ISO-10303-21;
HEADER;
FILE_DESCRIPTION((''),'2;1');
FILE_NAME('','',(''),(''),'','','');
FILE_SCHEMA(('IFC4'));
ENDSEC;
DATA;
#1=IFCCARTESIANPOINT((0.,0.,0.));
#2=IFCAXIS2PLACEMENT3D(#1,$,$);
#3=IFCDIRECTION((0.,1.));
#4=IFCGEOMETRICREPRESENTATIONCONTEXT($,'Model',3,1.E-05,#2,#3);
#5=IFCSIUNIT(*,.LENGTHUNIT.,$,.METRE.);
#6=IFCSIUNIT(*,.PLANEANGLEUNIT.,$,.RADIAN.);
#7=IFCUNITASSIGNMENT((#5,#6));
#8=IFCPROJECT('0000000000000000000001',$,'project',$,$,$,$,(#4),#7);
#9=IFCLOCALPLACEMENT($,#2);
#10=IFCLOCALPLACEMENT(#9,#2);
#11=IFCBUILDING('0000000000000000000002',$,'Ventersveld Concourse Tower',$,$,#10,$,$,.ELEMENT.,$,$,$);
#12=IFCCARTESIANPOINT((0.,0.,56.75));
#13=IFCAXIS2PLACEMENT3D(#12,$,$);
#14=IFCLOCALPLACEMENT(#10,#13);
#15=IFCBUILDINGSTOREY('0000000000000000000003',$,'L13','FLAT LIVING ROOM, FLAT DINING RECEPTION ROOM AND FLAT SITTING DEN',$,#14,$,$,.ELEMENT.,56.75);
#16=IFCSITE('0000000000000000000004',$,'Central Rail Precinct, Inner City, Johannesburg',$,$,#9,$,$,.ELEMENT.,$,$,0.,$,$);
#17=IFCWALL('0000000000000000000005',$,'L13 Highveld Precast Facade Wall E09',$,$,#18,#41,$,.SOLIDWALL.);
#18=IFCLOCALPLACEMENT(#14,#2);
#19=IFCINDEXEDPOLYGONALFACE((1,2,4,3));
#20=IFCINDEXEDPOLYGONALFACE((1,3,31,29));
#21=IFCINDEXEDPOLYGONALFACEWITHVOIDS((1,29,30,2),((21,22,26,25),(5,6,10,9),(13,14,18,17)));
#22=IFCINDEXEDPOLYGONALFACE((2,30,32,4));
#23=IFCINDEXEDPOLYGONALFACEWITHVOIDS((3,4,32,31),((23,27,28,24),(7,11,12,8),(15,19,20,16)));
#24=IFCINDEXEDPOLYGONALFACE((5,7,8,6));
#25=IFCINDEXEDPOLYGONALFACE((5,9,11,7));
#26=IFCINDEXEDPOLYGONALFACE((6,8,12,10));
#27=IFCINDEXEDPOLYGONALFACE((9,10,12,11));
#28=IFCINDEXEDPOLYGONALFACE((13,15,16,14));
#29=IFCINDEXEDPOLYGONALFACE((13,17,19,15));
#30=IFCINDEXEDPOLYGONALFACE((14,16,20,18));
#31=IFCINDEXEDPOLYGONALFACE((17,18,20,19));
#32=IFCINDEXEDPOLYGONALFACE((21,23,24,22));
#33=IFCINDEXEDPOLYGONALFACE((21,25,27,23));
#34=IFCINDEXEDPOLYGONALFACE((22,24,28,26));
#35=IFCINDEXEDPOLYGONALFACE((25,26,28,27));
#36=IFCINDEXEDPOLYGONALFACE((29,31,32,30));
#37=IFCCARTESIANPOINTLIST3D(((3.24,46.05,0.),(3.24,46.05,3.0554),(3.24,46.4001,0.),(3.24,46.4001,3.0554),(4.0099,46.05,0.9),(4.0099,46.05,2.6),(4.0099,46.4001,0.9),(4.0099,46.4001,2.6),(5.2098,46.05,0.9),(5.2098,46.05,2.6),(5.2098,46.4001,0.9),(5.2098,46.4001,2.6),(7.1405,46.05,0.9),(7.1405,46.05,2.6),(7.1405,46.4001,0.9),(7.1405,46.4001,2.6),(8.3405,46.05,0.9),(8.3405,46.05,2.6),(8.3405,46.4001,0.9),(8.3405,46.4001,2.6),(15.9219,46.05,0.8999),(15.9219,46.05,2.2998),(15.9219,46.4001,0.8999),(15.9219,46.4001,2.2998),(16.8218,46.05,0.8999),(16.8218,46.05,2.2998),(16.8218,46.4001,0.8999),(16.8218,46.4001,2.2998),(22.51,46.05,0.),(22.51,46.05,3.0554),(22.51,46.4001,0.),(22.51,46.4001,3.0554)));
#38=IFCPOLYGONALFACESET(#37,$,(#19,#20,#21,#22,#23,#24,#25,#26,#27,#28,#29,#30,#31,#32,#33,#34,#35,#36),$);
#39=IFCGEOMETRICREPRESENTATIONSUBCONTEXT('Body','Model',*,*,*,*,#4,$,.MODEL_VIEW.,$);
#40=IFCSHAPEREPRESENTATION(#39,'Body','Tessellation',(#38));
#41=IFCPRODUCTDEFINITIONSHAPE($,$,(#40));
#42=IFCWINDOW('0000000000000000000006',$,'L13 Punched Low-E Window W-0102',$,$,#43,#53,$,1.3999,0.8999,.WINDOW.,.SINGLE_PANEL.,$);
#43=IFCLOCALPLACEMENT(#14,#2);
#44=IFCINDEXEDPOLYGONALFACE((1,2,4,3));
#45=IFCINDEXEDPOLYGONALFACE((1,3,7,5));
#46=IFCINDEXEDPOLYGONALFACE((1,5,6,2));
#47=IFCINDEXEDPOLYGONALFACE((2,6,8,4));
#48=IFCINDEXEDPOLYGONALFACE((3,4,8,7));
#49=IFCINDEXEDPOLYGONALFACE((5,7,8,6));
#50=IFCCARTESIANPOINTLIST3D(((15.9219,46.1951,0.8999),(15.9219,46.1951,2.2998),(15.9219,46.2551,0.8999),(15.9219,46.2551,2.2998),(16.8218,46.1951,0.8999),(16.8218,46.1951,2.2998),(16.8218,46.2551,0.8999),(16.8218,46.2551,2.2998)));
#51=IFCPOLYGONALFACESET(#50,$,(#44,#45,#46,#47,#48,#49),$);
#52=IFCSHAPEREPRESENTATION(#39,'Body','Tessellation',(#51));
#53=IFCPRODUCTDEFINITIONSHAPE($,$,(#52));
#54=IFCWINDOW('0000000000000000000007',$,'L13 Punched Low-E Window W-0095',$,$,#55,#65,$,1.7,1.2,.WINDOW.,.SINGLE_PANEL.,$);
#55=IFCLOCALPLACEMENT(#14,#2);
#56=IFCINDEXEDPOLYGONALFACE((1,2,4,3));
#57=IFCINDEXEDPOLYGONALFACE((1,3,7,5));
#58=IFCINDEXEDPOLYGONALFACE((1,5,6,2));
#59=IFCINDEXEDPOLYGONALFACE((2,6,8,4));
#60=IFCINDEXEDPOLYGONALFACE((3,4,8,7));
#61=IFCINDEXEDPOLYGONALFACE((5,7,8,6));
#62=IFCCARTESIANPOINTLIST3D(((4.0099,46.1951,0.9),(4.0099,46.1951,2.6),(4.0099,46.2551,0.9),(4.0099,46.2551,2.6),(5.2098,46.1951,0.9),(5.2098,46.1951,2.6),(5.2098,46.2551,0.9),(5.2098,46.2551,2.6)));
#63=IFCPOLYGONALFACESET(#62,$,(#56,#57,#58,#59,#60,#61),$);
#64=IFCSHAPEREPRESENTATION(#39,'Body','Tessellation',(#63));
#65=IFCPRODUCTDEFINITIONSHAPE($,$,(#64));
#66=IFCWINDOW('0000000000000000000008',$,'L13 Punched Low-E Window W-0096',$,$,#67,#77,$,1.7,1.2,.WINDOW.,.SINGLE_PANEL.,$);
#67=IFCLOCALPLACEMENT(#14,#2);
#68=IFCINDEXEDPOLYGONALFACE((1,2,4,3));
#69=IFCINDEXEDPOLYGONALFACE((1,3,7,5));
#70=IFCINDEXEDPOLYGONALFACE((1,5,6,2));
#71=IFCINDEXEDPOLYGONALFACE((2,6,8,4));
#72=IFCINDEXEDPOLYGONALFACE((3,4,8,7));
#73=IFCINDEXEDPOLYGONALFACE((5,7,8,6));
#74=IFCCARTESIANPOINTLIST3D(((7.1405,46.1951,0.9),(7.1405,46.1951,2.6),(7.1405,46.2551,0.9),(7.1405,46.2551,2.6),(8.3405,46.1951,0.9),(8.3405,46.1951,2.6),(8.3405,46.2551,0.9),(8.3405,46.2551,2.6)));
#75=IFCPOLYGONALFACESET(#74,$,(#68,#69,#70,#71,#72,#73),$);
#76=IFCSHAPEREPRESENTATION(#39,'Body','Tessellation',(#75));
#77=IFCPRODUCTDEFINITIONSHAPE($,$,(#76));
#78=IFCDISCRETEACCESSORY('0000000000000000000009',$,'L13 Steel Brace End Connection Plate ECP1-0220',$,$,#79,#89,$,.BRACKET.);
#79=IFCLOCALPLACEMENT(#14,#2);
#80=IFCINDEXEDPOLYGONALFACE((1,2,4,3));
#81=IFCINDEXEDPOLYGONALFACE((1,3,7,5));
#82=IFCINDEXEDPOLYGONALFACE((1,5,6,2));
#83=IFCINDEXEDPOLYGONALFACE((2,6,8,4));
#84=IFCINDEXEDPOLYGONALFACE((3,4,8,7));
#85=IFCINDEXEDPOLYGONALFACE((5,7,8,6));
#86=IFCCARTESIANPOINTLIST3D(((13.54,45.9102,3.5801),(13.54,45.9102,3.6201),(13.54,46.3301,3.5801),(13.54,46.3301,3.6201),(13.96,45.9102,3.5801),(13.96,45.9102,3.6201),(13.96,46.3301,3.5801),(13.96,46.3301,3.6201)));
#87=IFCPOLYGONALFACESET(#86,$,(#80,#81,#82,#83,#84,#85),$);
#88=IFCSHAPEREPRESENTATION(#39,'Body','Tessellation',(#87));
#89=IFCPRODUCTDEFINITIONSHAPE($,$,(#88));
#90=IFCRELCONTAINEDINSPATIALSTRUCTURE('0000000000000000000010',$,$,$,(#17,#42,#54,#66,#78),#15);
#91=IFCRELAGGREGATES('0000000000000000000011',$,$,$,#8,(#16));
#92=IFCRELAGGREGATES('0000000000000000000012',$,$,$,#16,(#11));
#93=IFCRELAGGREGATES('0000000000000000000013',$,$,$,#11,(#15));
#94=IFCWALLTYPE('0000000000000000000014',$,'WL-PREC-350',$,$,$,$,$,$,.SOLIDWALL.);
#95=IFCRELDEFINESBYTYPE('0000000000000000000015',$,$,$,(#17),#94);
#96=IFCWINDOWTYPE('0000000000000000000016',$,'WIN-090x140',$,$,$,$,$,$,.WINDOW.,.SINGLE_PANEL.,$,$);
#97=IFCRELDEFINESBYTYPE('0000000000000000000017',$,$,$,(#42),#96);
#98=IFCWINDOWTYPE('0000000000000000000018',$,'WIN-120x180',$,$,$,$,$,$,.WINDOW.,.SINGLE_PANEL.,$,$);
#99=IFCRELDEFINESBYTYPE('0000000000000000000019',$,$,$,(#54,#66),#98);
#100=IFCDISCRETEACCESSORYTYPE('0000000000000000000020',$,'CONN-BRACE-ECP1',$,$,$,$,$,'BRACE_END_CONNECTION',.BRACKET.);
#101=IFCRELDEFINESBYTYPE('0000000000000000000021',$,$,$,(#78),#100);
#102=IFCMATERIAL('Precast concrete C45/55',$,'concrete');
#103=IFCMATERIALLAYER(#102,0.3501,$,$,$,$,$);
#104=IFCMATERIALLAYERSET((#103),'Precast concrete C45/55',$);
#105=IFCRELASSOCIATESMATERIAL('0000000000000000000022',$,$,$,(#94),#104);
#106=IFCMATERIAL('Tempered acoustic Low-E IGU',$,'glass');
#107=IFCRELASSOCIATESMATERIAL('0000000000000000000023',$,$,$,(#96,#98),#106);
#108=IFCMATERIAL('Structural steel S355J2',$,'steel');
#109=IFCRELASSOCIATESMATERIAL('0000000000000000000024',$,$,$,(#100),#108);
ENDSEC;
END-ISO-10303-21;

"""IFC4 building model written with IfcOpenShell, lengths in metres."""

from ifc_helpers import new_model, si_unit, direction, frame, frame_2d, origin, origin_2d, place, context, subcontext, project, spatial, rectangle, extrude, material, layer, layer_set, type_object, element, fill, save


model = new_model("IFC4")

# Units and contexts
model_context = context("Model", 3, precision=1e-05, world=origin(), true_north=direction((0.0, 1.0)))
body_context = subcontext(model_context, "Body", "Model", "MODEL_VIEW")
ifc_project = project(units=[si_unit("LENGTHUNIT", "METRE"), si_unit("PLANEANGLEUNIT", "RADIAN")], contexts=[model_context])

# Site, building, storey
site_placement = place(None, origin())
site = spatial("IfcSite", under=ifc_project, at=site_placement, Name="Central Rail Precinct, Inner City, Johannesburg", CompositionType="ELEMENT", RefElevation=0.0)
building_placement = place(site_placement, origin())
building = spatial("IfcBuilding", under=site, at=building_placement, Name="Ventersveld Concourse Tower", CompositionType="ELEMENT")
storey_placement = place(building_placement, frame((0.0, 0.0, 56.75)))
storey = spatial("IfcBuildingStorey", under=building, at=storey_placement, Name="L13", Description="FLAT LIVING ROOM, FLAT DINING RECEPTION ROOM AND FLAT SITTING DEN", CompositionType="ELEMENT", Elevation=56.75)

# Shared definitions
ifc_material_1 = material(Name="Structural steel S355J2", Category="steel")

# Shared definitions
ifc_material_2 = material(Name="Precast concrete C45/55", Category="concrete")
ifc_layer_1 = layer(ifc_material_2, 0.3501)
ifc_layer_set_1 = layer_set([ifc_layer_1], Name="Precast concrete C45/55")
wall_type_1 = type_object("IfcWallType", Name="WL-PREC-350", PredefinedType="SOLIDWALL", material=ifc_layer_set_1)
ifc_material_3 = material(Name="Tempered acoustic Low-E IGU", Category="glass")

# Wall, openings, windows
wall_1_placement = place(storey_placement, frame((22.51, 46.2251, 0.0), z_axis=(0.0, 0.0, 1.0), x_axis=(-1.0, 0.0, 0.0)))
wall_1 = element("IfcWall", 1, at=wall_1_placement, inside=storey, type_object=wall_type_1, Name="L13 Highveld Precast Facade Wall E09", PredefinedType="SOLIDWALL", context=body_context, shape_type="SweptSolid", body=[
    extrude(rectangle(XDim=19.27, YDim=0.3501, at=frame_2d((9.635, 0.0))), origin(), (0.0, 0.0, 1.0), 3.0554),
])
opening_1_placement = place(wall_1_placement, frame((17.3, 0.0, 0.8999)))
opening_1 = element("IfcOpeningElement", 2, at=opening_1_placement, cuts=wall_1, PredefinedType="OPENING", context=body_context, shape_type="SweptSolid", body=[
    extrude(rectangle(XDim=1.2, YDim=1.7, at=frame_2d((0.6001, 0.8501))), frame((0.0, 0.1851, 0.0), z_axis=(0.0, -1.0, 0.0), x_axis=(1.0, 0.0, 0.0)), (0.0, 0.0, 1.0), 0.3701),
])
opening_2_placement = place(wall_1_placement, frame((14.1694, 0.0, 0.8999)))
opening_2 = element("IfcOpeningElement", 3, at=opening_2_placement, cuts=wall_1, PredefinedType="OPENING", context=body_context, shape_type="SweptSolid", body=[
    extrude(rectangle(XDim=1.2, YDim=1.7, at=frame_2d((0.6001, 0.8501))), frame((0.0, 0.1851, 0.0), z_axis=(0.0, -1.0, 0.0), x_axis=(1.0, 0.0, 0.0)), (0.0, 0.0, 1.0), 0.3701),
])
opening_3_placement = place(wall_1_placement, frame((5.6882, 0.0, 0.8999)))
opening_3 = element("IfcOpeningElement", 4, at=opening_3_placement, cuts=wall_1, PredefinedType="OPENING", context=body_context, shape_type="SweptSolid", body=[
    extrude(rectangle(XDim=0.8999, YDim=1.3999, at=frame_2d((0.45, 0.7))), frame((0.0, 0.1851, 0.0), z_axis=(0.0, -1.0, 0.0), x_axis=(1.0, 0.0, 0.0)), (0.0, 0.0, 1.0), 0.3701),
])
window_type_1 = type_object("IfcWindowType", Name="WIN-090x140", PartitioningType="SINGLE_PANEL", PredefinedType="WINDOW", material=ifc_material_3)
window_1_placement = place(opening_3_placement, origin())
window_1 = element("IfcWindow", 5, at=window_1_placement, inside=storey, type_object=window_type_1, Name="L13 Punched Low-E Window W-0102", OverallHeight=1.3999, OverallWidth=0.8999, PartitioningType="SINGLE_PANEL", PredefinedType="WINDOW", context=body_context, shape_type="SweptSolid", body=[
    extrude(rectangle(XDim=0.8999, YDim=1.3999, at=frame_2d((0.45, 0.7))), frame((0.0, 0.03, 0.0), z_axis=(0.0, -1.0, 0.0), x_axis=(1.0, 0.0, 0.0)), (0.0, 0.0, 1.0), 0.0601),
])
fill(opening_3, window_1)
window_type_2 = type_object("IfcWindowType", Name="WIN-120x180", PartitioningType="SINGLE_PANEL", PredefinedType="WINDOW", material=ifc_material_3)
window_2_placement = place(opening_1_placement, origin())
window_2 = element("IfcWindow", 6, at=window_2_placement, inside=storey, type_object=window_type_2, Name="L13 Punched Low-E Window W-0095", OverallHeight=1.7, OverallWidth=1.2, PartitioningType="SINGLE_PANEL", PredefinedType="WINDOW", context=body_context, shape_type="SweptSolid", body=[
    extrude(rectangle(XDim=1.2, YDim=1.7, at=frame_2d((0.6001, 0.8501))), frame((0.0, 0.03, 0.0), z_axis=(0.0, -1.0, 0.0), x_axis=(1.0, 0.0, 0.0)), (0.0, 0.0, 1.0), 0.0601),
])
fill(opening_1, window_2)
window_3_placement = place(opening_2_placement, origin())
window_3 = element("IfcWindow", 7, at=window_3_placement, inside=storey, type_object=window_type_2, Name="L13 Punched Low-E Window W-0096", OverallHeight=1.7, OverallWidth=1.2, PartitioningType="SINGLE_PANEL", PredefinedType="WINDOW", context=body_context, shape_type="SweptSolid", body=[
    extrude(rectangle(XDim=1.2, YDim=1.7, at=frame_2d((0.6001, 0.8501))), frame((0.0, 0.03, 0.0), z_axis=(0.0, -1.0, 0.0), x_axis=(1.0, 0.0, 0.0)), (0.0, 0.0, 1.0), 0.0601),
])
fill(opening_2, window_3)

# Discrete accessory
discrete_accessory_type = type_object("IfcDiscreteAccessoryType", Name="CONN-BRACE-ECP1", ElementType="BRACE_END_CONNECTION", PredefinedType="BRACKET", material=ifc_material_1)
discrete_accessory_placement = place(storey_placement, frame((13.75, 46.1201, 3.5801), z_axis=(0.0, 0.0, 1.0), x_axis=(1.0, 0.0, 0.0)))
element("IfcDiscreteAccessory", 8, at=discrete_accessory_placement, inside=storey, type_object=discrete_accessory_type, Name="L13 Steel Brace End Connection Plate ECP1-0220", PredefinedType="BRACKET", context=body_context, shape_type="SweptSolid", body=[
    extrude(rectangle(XDim=0.4199, YDim=0.4199, at=origin_2d()), origin(), (0.0, 0.0, 1.0), 0.04),
])

save(model, "model.ifc")
